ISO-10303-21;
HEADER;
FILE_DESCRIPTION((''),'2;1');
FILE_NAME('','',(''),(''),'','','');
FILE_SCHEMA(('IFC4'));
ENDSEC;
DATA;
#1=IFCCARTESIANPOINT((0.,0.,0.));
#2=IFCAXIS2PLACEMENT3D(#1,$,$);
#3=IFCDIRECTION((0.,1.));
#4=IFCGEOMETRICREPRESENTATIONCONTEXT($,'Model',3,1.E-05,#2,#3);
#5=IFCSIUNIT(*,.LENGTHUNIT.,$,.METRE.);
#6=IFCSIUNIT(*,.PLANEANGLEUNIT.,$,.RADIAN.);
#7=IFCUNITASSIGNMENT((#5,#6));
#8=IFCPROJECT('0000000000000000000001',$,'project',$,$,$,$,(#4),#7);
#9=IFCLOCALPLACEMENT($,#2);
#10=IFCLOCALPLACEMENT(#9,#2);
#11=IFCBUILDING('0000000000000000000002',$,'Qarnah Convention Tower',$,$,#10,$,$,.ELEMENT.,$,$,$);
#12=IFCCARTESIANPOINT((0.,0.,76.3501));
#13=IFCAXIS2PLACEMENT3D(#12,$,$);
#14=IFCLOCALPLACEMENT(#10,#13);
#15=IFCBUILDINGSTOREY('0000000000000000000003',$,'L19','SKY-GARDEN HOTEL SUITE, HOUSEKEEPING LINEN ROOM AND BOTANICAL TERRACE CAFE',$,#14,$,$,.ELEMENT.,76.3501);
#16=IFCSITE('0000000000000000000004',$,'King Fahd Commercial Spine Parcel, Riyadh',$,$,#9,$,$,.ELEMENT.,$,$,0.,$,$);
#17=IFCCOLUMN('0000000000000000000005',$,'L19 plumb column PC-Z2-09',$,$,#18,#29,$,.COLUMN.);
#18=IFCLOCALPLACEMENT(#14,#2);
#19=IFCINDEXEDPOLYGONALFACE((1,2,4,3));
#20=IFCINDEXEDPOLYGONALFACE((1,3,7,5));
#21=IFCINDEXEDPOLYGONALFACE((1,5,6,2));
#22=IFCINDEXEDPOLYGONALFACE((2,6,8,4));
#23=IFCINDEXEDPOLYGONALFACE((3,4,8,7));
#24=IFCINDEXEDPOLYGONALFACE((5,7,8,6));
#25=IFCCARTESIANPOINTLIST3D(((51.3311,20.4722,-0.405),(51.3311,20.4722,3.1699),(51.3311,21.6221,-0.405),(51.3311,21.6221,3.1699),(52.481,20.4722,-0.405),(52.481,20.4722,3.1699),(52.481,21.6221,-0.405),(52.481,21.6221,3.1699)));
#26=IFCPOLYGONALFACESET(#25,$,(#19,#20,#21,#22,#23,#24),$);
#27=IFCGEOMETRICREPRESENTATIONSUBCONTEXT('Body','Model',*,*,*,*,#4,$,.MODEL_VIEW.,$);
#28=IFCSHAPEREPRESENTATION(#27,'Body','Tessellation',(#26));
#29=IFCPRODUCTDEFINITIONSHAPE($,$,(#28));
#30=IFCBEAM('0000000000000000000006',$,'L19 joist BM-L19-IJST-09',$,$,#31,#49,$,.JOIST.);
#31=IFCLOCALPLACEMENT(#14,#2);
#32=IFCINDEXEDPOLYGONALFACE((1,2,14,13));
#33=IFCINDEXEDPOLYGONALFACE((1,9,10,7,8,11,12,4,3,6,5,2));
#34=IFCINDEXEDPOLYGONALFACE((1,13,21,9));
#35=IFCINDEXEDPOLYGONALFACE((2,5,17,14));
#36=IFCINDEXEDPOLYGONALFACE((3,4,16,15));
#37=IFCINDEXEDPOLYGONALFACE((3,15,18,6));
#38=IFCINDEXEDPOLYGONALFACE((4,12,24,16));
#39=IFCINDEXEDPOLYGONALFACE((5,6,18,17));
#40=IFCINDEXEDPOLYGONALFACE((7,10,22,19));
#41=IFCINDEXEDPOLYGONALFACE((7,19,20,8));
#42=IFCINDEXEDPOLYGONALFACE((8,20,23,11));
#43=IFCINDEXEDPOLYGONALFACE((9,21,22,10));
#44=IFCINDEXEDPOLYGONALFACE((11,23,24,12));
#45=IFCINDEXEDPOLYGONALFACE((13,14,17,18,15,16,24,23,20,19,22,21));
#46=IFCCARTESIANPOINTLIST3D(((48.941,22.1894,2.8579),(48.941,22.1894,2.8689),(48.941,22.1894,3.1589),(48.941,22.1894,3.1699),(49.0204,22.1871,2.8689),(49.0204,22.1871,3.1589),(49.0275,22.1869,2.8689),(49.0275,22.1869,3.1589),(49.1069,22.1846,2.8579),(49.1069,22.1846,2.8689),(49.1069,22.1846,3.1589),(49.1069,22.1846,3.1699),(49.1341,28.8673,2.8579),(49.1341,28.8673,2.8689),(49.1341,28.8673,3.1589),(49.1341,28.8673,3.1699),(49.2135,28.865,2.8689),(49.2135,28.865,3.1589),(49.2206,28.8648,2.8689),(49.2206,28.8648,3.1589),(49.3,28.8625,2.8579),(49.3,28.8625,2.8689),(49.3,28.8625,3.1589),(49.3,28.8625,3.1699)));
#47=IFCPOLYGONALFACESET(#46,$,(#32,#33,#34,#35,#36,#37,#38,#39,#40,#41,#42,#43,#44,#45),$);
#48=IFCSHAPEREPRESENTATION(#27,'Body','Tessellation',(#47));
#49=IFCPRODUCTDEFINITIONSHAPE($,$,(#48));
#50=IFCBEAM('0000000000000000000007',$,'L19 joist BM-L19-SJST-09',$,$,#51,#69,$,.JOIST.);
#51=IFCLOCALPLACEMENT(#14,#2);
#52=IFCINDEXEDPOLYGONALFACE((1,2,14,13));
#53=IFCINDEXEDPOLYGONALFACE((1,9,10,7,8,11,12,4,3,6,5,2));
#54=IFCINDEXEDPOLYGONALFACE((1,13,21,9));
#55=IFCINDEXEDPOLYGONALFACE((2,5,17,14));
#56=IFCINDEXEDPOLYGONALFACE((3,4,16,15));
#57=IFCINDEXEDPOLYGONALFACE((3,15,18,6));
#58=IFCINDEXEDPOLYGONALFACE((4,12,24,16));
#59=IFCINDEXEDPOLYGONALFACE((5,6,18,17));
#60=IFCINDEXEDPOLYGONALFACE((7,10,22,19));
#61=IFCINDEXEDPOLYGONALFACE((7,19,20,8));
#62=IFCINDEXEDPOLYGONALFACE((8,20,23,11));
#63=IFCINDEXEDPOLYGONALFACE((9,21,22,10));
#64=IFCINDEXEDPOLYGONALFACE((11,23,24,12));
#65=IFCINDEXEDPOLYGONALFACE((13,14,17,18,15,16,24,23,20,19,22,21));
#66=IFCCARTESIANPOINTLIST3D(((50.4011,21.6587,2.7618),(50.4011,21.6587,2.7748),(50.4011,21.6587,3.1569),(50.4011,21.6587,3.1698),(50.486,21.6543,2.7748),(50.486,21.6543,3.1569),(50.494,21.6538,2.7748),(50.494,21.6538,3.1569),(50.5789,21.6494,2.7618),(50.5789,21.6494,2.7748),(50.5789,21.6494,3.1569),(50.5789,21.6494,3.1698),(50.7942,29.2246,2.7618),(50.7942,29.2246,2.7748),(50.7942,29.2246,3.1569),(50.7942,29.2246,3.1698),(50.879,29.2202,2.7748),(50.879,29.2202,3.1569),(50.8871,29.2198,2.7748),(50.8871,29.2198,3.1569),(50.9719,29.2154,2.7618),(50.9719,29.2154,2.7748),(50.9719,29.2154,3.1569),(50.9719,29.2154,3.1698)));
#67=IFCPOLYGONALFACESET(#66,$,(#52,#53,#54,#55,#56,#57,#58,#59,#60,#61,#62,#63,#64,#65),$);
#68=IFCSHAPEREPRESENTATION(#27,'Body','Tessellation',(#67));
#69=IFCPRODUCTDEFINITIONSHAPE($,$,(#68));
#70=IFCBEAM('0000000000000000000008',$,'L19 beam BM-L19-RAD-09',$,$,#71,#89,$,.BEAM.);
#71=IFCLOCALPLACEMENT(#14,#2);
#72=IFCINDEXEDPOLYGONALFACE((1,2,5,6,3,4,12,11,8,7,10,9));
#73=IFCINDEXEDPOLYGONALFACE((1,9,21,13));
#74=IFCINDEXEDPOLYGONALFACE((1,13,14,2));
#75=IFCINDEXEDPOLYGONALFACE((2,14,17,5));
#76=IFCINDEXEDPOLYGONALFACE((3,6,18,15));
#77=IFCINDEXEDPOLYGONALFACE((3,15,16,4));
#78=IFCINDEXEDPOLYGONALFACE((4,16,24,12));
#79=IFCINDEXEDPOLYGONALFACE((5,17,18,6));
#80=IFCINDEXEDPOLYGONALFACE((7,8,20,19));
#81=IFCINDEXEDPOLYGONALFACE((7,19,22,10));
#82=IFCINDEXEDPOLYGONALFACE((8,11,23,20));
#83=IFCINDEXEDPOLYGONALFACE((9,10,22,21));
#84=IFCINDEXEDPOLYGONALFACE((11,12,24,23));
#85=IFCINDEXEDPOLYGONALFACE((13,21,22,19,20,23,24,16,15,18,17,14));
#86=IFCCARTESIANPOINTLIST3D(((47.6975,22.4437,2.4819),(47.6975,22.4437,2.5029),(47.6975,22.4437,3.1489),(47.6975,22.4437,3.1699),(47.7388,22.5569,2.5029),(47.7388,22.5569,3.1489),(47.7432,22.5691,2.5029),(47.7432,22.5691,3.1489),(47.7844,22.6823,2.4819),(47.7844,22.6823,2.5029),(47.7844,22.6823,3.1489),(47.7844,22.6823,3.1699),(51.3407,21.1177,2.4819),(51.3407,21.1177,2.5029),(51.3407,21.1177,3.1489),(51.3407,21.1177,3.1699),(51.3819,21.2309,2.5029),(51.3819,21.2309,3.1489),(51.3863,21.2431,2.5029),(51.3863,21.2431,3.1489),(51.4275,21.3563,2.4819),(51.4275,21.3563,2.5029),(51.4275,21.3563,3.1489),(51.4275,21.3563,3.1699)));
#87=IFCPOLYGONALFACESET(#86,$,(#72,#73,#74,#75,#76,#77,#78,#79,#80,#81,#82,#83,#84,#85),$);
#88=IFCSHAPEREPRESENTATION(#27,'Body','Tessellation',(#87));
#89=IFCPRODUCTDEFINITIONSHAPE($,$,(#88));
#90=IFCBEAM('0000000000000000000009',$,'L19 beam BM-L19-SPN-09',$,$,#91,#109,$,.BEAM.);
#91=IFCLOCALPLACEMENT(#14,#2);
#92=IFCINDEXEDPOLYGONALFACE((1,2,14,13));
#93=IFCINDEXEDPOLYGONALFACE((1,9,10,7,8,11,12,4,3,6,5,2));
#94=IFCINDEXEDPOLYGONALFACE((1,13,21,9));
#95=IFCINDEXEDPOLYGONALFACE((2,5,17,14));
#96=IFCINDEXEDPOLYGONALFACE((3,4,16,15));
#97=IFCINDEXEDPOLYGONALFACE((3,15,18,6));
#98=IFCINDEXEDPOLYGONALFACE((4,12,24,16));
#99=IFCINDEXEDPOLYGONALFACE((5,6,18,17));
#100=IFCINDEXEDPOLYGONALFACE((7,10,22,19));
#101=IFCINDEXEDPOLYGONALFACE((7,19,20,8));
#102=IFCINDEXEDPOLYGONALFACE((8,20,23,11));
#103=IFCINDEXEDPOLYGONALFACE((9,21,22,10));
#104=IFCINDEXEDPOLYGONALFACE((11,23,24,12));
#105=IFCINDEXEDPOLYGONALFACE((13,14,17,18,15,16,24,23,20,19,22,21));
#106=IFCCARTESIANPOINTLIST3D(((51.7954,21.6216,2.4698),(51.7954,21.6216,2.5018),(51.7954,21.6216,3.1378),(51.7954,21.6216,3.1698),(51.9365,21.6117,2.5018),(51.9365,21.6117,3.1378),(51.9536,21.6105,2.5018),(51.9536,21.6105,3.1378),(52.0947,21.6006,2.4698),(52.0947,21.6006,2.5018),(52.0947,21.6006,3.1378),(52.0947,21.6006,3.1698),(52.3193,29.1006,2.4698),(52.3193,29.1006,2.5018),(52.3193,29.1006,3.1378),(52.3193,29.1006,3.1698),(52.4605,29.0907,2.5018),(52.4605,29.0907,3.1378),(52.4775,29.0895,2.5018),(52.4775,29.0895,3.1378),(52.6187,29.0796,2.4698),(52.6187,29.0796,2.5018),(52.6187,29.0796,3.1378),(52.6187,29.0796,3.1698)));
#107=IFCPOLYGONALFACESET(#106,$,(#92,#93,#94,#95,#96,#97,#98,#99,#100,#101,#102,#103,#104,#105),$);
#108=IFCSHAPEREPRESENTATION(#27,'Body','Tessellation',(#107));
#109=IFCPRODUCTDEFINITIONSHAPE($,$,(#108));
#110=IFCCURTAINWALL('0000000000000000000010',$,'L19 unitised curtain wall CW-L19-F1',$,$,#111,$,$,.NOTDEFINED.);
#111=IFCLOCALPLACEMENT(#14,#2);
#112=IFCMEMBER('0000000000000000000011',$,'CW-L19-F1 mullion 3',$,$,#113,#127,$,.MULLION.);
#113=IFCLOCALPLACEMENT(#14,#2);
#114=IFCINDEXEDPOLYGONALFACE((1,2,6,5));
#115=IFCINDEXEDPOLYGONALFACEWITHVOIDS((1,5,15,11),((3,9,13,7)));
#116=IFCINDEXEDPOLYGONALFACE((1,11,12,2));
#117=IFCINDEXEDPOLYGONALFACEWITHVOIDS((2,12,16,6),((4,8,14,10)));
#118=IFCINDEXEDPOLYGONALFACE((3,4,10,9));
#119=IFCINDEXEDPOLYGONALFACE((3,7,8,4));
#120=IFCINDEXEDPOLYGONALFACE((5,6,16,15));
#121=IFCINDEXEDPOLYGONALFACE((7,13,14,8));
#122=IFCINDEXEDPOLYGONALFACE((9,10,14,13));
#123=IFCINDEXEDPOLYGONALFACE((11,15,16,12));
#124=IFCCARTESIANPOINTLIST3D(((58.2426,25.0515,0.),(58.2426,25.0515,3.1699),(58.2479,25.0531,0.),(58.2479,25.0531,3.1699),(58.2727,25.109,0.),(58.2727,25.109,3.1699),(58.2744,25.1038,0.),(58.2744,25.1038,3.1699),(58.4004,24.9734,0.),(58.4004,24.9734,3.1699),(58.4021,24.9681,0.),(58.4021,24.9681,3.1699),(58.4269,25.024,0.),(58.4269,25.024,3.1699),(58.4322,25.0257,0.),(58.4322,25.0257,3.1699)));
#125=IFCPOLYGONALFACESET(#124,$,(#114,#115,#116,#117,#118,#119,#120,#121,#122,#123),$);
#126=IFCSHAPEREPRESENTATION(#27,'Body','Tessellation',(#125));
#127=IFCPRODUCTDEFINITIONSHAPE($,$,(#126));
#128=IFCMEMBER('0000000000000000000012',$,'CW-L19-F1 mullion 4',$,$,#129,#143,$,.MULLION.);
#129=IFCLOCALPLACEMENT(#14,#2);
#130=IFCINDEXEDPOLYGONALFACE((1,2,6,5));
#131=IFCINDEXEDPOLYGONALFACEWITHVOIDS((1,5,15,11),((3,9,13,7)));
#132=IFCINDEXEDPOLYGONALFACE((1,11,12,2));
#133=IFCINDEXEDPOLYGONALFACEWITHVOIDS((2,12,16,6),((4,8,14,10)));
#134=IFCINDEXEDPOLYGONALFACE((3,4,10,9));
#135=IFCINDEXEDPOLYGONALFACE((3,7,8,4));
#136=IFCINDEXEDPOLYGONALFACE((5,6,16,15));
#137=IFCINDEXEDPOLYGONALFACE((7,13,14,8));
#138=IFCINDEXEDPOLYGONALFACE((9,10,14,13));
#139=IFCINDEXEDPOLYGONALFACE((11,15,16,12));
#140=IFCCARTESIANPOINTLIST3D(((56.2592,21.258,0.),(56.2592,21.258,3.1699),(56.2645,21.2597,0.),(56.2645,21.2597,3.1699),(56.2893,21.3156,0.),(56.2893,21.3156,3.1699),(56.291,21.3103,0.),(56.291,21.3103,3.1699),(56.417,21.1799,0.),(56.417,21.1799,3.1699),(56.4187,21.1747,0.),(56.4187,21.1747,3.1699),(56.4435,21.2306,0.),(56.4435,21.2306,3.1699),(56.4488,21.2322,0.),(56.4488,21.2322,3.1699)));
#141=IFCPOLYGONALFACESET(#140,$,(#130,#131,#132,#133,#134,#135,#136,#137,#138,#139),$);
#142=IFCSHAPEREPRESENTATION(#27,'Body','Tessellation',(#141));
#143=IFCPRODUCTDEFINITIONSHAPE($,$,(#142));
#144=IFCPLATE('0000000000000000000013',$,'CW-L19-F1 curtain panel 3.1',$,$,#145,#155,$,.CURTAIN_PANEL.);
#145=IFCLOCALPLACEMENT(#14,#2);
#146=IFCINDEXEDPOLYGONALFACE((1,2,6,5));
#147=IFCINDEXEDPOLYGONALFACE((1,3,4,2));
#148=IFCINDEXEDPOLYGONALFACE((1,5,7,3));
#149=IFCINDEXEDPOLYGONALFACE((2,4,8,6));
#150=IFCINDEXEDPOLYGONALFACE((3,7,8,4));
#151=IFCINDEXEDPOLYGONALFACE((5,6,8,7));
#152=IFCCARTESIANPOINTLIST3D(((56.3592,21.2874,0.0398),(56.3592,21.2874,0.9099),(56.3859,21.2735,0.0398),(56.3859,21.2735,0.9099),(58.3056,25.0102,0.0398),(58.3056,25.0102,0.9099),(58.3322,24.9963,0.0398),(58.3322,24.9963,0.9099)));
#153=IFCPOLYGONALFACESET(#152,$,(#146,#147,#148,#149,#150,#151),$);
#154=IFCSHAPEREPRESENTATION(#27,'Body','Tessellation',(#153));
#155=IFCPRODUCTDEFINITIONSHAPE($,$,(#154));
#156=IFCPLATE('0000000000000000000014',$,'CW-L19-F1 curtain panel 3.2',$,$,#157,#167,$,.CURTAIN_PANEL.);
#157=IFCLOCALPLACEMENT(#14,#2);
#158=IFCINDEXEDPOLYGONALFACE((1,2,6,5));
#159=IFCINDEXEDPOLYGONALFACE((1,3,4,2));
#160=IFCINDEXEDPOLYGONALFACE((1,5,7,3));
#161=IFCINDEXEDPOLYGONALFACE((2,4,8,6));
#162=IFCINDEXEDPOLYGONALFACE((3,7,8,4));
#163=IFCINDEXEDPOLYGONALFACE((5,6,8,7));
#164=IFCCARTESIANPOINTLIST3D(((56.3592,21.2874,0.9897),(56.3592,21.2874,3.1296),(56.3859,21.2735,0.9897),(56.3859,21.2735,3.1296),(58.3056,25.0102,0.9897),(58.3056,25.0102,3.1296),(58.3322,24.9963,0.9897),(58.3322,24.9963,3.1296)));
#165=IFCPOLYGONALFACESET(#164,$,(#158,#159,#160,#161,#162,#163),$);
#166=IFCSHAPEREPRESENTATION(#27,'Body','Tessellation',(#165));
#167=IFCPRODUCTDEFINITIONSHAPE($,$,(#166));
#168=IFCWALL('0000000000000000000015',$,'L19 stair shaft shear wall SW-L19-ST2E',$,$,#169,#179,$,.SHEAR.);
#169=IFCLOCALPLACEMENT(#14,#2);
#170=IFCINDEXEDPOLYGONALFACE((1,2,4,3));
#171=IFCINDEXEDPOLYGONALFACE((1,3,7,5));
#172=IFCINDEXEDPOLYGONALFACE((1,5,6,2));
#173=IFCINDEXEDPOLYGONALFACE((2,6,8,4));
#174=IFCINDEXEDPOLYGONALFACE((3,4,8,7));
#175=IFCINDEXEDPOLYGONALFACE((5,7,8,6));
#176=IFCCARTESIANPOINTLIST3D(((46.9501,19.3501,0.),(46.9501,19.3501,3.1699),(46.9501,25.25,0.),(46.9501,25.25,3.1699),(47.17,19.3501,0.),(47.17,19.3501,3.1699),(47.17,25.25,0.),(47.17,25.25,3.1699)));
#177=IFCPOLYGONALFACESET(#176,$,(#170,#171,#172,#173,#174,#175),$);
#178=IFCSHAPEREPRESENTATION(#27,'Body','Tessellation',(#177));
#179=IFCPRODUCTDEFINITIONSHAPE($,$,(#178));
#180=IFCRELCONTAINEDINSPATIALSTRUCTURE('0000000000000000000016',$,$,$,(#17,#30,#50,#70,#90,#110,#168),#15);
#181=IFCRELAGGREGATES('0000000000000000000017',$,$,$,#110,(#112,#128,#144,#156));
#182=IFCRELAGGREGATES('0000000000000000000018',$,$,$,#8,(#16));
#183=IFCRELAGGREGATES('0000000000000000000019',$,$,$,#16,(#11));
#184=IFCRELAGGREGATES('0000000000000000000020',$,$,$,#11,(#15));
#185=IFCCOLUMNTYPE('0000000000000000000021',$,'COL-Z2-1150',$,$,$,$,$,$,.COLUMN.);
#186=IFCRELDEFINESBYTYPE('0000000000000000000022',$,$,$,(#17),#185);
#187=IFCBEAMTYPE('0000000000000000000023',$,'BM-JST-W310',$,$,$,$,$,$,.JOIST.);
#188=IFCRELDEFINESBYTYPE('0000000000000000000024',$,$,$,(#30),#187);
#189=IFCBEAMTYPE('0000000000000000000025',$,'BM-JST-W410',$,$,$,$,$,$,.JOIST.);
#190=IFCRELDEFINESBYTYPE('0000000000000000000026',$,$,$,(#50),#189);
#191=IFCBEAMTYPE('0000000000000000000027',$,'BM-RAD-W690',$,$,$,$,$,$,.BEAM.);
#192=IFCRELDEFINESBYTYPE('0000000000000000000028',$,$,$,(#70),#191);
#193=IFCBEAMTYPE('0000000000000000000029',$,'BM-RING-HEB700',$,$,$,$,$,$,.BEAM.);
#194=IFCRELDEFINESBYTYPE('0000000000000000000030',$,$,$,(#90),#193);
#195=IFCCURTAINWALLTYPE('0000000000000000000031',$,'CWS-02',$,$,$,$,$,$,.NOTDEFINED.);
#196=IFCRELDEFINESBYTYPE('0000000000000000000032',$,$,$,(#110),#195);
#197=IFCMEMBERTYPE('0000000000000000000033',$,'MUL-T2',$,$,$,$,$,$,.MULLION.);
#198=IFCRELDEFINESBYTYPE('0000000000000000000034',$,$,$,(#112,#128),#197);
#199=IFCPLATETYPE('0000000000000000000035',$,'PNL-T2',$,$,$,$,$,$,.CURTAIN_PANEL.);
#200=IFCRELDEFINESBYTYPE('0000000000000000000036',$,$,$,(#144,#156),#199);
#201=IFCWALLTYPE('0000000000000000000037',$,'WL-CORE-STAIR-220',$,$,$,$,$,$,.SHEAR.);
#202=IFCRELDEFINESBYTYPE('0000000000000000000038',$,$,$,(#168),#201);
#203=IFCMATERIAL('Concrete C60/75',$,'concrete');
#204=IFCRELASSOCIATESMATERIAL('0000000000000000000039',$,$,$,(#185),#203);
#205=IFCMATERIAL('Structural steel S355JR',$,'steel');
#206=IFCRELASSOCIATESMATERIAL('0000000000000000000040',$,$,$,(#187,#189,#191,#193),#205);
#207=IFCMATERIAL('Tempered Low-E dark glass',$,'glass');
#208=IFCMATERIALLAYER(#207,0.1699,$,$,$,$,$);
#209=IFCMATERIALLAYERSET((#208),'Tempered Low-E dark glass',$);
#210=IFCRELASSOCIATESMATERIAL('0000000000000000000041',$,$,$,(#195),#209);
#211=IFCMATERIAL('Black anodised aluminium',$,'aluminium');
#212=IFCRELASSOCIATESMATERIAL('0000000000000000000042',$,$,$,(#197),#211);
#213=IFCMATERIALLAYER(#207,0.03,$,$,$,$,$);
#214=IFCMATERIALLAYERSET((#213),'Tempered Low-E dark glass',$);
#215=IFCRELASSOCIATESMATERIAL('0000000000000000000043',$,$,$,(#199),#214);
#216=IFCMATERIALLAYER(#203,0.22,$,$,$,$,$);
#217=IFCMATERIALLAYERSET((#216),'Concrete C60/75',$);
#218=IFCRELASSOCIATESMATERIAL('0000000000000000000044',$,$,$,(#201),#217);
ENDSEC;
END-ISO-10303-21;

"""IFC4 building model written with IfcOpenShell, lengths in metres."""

from ifc_helpers import new_model, si_unit, direction, frame, frame_2d, origin, origin_2d, place, context, subcontext, project, spatial, rectangle, hollow_rectangle, i_section, extrude, material, layer, layer_set, material_profile, profile_set, type_object, element, aggregate, save


model = new_model("IFC4")

# Units and contexts
model_context = context("Model", 3, precision=1e-05, world=origin(), true_north=direction((0.0, 1.0)))
body_context = subcontext(model_context, "Body", "Model", "MODEL_VIEW")
ifc_project = project(units=[si_unit("LENGTHUNIT", "METRE"), si_unit("PLANEANGLEUNIT", "RADIAN")], contexts=[model_context])

# Site, building, storey
site_placement = place(None, origin())
site = spatial("IfcSite", under=ifc_project, at=site_placement, Name="King Fahd Commercial Spine Parcel, Riyadh", CompositionType="ELEMENT", RefElevation=0.0)
building_placement = place(site_placement, origin())
building = spatial("IfcBuilding", under=site, at=building_placement, Name="Qarnah Convention Tower", CompositionType="ELEMENT")
storey_placement = place(building_placement, frame((0.0, 0.0, 76.3501)))
storey = spatial("IfcBuildingStorey", under=building, at=storey_placement, Name="L19", Description="SKY-GARDEN HOTEL SUITE, HOUSEKEEPING LINEN ROOM AND BOTANICAL TERRACE CAFE", CompositionType="ELEMENT", Elevation=76.3501)

# Column
ifc_material_1 = material(Name="Concrete C60/75", Category="concrete")
ifc_material_profile_1 = material_profile(ifc_material_1, rectangle(XDim=1.1499, YDim=1.1499, at=origin_2d()), Name="RC-COL-1150X1150")
ifc_profile_set_1 = profile_set([ifc_material_profile_1], Name="Concrete C60/75")
column_type = type_object("IfcColumnType", Name="COL-Z2-1150", PredefinedType="COLUMN", material=ifc_profile_set_1)
column_placement = place(storey_placement, frame((51.906, 21.0471, -0.405), z_axis=(0.0, 0.0, 1.0), x_axis=(1.0, 0.0, 0.0)))
element("IfcColumn", 1, at=column_placement, inside=storey, type_object=column_type, Name="L19 plumb column PC-Z2-09", PredefinedType="COLUMN", context=body_context, shape_type="SweptSolid", body=[
    extrude(rectangle(XDim=1.1499, YDim=1.1499, at=origin_2d()), origin(), (0.0, 0.0, 1.0), 3.575),
])

# Beams
ifc_material_2 = material(Name="Structural steel S355JR", Category="steel")
ifc_material_profile_2 = material_profile(ifc_material_2, i_section(OverallWidth=0.166, OverallDepth=0.312, WebThickness=0.0071, FlangeThickness=0.011, at=origin_2d()), Name="W310X45")
ifc_profile_set_2 = profile_set([ifc_material_profile_2], Name="Structural steel S355JR")
beam_type_1 = type_object("IfcBeamType", Name="BM-JST-W310", PredefinedType="JOIST", material=ifc_profile_set_2)
beam_1_placement = place(storey_placement, frame((49.0239, 22.187, 3.0139), z_axis=(0.028906, 0.999582, 0.0), x_axis=(-0.999582, 0.028906, 0.0)))
element("IfcBeam", 2, at=beam_1_placement, inside=storey, type_object=beam_type_1, Name="L19 joist BM-L19-IJST-09", PredefinedType="JOIST", context=body_context, shape_type="SweptSolid", body=[
    extrude(i_section(OverallWidth=0.166, OverallDepth=0.312, WebThickness=0.0071, FlangeThickness=0.011, at=origin_2d()), origin(), (0.0, 0.0, 1.0), 6.6807),
])
ifc_material_profile_3 = material_profile(ifc_material_2, i_section(OverallWidth=0.178, OverallDepth=0.408, WebThickness=0.0081, FlangeThickness=0.0129, at=origin_2d()), Name="W410X60")
ifc_profile_set_3 = profile_set([ifc_material_profile_3], Name="Structural steel S355JR")
beam_type_2 = type_object("IfcBeamType", Name="BM-JST-W410", PredefinedType="JOIST", material=ifc_profile_set_3)
beam_2_placement = place(storey_placement, frame((50.49, 21.6541, 2.9658), z_axis=(0.051882, 0.998653, 0.0), x_axis=(-0.998653, 0.051882, 0.0)))
element("IfcBeam", 3, at=beam_2_placement, inside=storey, type_object=beam_type_2, Name="L19 joist BM-L19-SJST-09", PredefinedType="JOIST", context=body_context, shape_type="SweptSolid", body=[
    extrude(i_section(OverallWidth=0.178, OverallDepth=0.408, WebThickness=0.0081, FlangeThickness=0.0129, at=origin_2d()), origin(), (0.0, 0.0, 1.0), 7.5762),
])
ifc_material_profile_4 = material_profile(ifc_material_2, i_section(OverallWidth=0.2539, OverallDepth=0.688, WebThickness=0.0129, FlangeThickness=0.021, at=origin_2d()), Name="W690X152")
ifc_profile_set_4 = profile_set([ifc_material_profile_4], Name="Structural steel S355JR")
beam_type_3 = type_object("IfcBeamType", Name="BM-RAD-W690", PredefinedType="BEAM", material=ifc_profile_set_4)
beam_3_placement = place(storey_placement, frame((47.741, 22.563, 2.8259), z_axis=(0.939696, -0.342011, 0.0), x_axis=(0.342011, 0.939696, 0.0)))
element("IfcBeam", 4, at=beam_3_placement, inside=storey, type_object=beam_type_3, Name="L19 beam BM-L19-RAD-09", PredefinedType="BEAM", context=body_context, shape_type="SweptSolid", body=[
    extrude(i_section(OverallWidth=0.2539, OverallDepth=0.688, WebThickness=0.0129, FlangeThickness=0.021, at=origin_2d()), origin(), (0.0, 0.0, 1.0), 3.877),
])
ifc_material_profile_5 = material_profile(ifc_material_2, i_section(OverallWidth=0.3, OverallDepth=0.7, WebThickness=0.0171, FlangeThickness=0.032, at=origin_2d()), Name="HEB700")
ifc_profile_set_5 = profile_set([ifc_material_profile_5], Name="Structural steel S355JR")
beam_type_4 = type_object("IfcBeamType", Name="BM-RING-HEB700", PredefinedType="BEAM", material=ifc_profile_set_5)
beam_4_placement = place(storey_placement, frame((51.9451, 21.6111, 2.8198), z_axis=(0.069882, 0.997555, 0.0), x_axis=(-0.997555, 0.069882, 0.0)))
element("IfcBeam", 5, at=beam_4_placement, inside=storey, type_object=beam_type_4, Name="L19 beam BM-L19-SPN-09", PredefinedType="BEAM", context=body_context, shape_type="SweptSolid", body=[
    extrude(i_section(OverallWidth=0.3, OverallDepth=0.7, WebThickness=0.0171, FlangeThickness=0.032, at=origin_2d()), origin(), (0.0, 0.0, 1.0), 7.4973),
])

# Curtain wall, members, plates
ifc_material_3 = material(Name="Tempered Low-E dark glass", Category="glass")
ifc_layer_1 = layer(ifc_material_3, 0.1699)
ifc_layer_set_1 = layer_set([ifc_layer_1], Name="Tempered Low-E dark glass")
curtain_wall_type = type_object("IfcCurtainWallType", Name="CWS-02", PredefinedType="NOTDEFINED", material=ifc_layer_set_1)
curtain_wall_placement = place(storey_placement, origin())
curtain_wall = element("IfcCurtainWall", 6, at=curtain_wall_placement, inside=storey, type_object=curtain_wall_type, Name="L19 unitised curtain wall CW-L19-F1", PredefinedType="NOTDEFINED")
ifc_material_4 = material(Name="Black anodised aluminium", Category="aluminium")
ifc_material_profile_6 = material_profile(ifc_material_4, hollow_rectangle(XDim=0.0649, YDim=0.1799, WallThickness=0.0039, at=origin_2d()), Name="MUL-65X180")
ifc_profile_set_6 = profile_set([ifc_material_profile_6], Name="Black anodised aluminium")
member_type = type_object("IfcMemberType", Name="MUL-T2", PredefinedType="MULLION", material=ifc_profile_set_6)
member_1_placement = place(storey_placement, frame((58.3374, 25.0386, 0.0), z_axis=(0.0, 0.0, 1.0), x_axis=(-0.463306, -0.886199, 0.0)))
member_1 = element("IfcMember", 7, at=member_1_placement, type_object=member_type, Name="CW-L19-F1 mullion 3", PredefinedType="MULLION", context=body_context, shape_type="SweptSolid", body=[
    extrude(hollow_rectangle(XDim=0.0649, YDim=0.1799, WallThickness=0.0039, at=origin_2d()), origin(), (0.0, 0.0, 1.0), 3.1699),
])
member_2_placement = place(storey_placement, frame((56.354, 21.2451, 0.0), z_axis=(0.0, 0.0, 1.0), x_axis=(-0.463306, -0.886199, 0.0)))
member_2 = element("IfcMember", 8, at=member_2_placement, type_object=member_type, Name="CW-L19-F1 mullion 4", PredefinedType="MULLION", context=body_context, shape_type="SweptSolid", body=[
    extrude(hollow_rectangle(XDim=0.0649, YDim=0.1799, WallThickness=0.0039, at=origin_2d()), origin(), (0.0, 0.0, 1.0), 3.1699),
])
ifc_layer_2 = layer(ifc_material_3, 0.03)
ifc_layer_set_2 = layer_set([ifc_layer_2], Name="Tempered Low-E dark glass")
plate_type = type_object("IfcPlateType", Name="PNL-T2", PredefinedType="CURTAIN_PANEL", material=ifc_layer_set_2)
plate_1_placement = place(storey_placement, frame((57.3457, 23.1418, 0.0398), z_axis=(0.0, 0.0, 1.0), x_axis=(-0.463306, -0.886199, 0.0)))
plate_1 = element("IfcPlate", 9, at=plate_1_placement, type_object=plate_type, Name="CW-L19-F1 curtain panel 3.1", PredefinedType="CURTAIN_PANEL", context=body_context, shape_type="SweptSolid", body=[
    extrude(rectangle(XDim=4.2009, YDim=0.03, at=origin_2d()), origin(), (0.0, 0.0, 1.0), 0.8701),
])
plate_2_placement = place(storey_placement, frame((57.3457, 23.1418, 0.9897), z_axis=(0.0, 0.0, 1.0), x_axis=(-0.463306, -0.886199, 0.0)))
plate_2 = element("IfcPlate", 10, at=plate_2_placement, type_object=plate_type, Name="CW-L19-F1 curtain panel 3.2", PredefinedType="CURTAIN_PANEL", context=body_context, shape_type="SweptSolid", body=[
    extrude(rectangle(XDim=4.2009, YDim=0.03, at=origin_2d()), origin(), (0.0, 0.0, 1.0), 2.1399),
])
aggregate(curtain_wall, [member_1, member_2, plate_1, plate_2])

# Wall
ifc_layer_3 = layer(ifc_material_1, 0.22)
ifc_layer_set_3 = layer_set([ifc_layer_3], Name="Concrete C60/75")
wall_type_1 = type_object("IfcWallType", Name="WL-CORE-STAIR-220", PredefinedType="SHEAR", material=ifc_layer_set_3)
wall_1_placement = place(storey_placement, frame((47.0601, 19.3501, 0.0), z_axis=(0.0, 0.0, 1.0), x_axis=(0.0, 1.0, 0.0)))
element("IfcWall", 11, at=wall_1_placement, inside=storey, type_object=wall_type_1, Name="L19 stair shaft shear wall SW-L19-ST2E", PredefinedType="SHEAR", context=body_context, shape_type="SweptSolid", body=[
    extrude(rectangle(XDim=5.8999, YDim=0.22, at=frame_2d((2.95, 0.0))), origin(), (0.0, 0.0, 1.0), 3.1699),
])

save(model, "model.ifc")
